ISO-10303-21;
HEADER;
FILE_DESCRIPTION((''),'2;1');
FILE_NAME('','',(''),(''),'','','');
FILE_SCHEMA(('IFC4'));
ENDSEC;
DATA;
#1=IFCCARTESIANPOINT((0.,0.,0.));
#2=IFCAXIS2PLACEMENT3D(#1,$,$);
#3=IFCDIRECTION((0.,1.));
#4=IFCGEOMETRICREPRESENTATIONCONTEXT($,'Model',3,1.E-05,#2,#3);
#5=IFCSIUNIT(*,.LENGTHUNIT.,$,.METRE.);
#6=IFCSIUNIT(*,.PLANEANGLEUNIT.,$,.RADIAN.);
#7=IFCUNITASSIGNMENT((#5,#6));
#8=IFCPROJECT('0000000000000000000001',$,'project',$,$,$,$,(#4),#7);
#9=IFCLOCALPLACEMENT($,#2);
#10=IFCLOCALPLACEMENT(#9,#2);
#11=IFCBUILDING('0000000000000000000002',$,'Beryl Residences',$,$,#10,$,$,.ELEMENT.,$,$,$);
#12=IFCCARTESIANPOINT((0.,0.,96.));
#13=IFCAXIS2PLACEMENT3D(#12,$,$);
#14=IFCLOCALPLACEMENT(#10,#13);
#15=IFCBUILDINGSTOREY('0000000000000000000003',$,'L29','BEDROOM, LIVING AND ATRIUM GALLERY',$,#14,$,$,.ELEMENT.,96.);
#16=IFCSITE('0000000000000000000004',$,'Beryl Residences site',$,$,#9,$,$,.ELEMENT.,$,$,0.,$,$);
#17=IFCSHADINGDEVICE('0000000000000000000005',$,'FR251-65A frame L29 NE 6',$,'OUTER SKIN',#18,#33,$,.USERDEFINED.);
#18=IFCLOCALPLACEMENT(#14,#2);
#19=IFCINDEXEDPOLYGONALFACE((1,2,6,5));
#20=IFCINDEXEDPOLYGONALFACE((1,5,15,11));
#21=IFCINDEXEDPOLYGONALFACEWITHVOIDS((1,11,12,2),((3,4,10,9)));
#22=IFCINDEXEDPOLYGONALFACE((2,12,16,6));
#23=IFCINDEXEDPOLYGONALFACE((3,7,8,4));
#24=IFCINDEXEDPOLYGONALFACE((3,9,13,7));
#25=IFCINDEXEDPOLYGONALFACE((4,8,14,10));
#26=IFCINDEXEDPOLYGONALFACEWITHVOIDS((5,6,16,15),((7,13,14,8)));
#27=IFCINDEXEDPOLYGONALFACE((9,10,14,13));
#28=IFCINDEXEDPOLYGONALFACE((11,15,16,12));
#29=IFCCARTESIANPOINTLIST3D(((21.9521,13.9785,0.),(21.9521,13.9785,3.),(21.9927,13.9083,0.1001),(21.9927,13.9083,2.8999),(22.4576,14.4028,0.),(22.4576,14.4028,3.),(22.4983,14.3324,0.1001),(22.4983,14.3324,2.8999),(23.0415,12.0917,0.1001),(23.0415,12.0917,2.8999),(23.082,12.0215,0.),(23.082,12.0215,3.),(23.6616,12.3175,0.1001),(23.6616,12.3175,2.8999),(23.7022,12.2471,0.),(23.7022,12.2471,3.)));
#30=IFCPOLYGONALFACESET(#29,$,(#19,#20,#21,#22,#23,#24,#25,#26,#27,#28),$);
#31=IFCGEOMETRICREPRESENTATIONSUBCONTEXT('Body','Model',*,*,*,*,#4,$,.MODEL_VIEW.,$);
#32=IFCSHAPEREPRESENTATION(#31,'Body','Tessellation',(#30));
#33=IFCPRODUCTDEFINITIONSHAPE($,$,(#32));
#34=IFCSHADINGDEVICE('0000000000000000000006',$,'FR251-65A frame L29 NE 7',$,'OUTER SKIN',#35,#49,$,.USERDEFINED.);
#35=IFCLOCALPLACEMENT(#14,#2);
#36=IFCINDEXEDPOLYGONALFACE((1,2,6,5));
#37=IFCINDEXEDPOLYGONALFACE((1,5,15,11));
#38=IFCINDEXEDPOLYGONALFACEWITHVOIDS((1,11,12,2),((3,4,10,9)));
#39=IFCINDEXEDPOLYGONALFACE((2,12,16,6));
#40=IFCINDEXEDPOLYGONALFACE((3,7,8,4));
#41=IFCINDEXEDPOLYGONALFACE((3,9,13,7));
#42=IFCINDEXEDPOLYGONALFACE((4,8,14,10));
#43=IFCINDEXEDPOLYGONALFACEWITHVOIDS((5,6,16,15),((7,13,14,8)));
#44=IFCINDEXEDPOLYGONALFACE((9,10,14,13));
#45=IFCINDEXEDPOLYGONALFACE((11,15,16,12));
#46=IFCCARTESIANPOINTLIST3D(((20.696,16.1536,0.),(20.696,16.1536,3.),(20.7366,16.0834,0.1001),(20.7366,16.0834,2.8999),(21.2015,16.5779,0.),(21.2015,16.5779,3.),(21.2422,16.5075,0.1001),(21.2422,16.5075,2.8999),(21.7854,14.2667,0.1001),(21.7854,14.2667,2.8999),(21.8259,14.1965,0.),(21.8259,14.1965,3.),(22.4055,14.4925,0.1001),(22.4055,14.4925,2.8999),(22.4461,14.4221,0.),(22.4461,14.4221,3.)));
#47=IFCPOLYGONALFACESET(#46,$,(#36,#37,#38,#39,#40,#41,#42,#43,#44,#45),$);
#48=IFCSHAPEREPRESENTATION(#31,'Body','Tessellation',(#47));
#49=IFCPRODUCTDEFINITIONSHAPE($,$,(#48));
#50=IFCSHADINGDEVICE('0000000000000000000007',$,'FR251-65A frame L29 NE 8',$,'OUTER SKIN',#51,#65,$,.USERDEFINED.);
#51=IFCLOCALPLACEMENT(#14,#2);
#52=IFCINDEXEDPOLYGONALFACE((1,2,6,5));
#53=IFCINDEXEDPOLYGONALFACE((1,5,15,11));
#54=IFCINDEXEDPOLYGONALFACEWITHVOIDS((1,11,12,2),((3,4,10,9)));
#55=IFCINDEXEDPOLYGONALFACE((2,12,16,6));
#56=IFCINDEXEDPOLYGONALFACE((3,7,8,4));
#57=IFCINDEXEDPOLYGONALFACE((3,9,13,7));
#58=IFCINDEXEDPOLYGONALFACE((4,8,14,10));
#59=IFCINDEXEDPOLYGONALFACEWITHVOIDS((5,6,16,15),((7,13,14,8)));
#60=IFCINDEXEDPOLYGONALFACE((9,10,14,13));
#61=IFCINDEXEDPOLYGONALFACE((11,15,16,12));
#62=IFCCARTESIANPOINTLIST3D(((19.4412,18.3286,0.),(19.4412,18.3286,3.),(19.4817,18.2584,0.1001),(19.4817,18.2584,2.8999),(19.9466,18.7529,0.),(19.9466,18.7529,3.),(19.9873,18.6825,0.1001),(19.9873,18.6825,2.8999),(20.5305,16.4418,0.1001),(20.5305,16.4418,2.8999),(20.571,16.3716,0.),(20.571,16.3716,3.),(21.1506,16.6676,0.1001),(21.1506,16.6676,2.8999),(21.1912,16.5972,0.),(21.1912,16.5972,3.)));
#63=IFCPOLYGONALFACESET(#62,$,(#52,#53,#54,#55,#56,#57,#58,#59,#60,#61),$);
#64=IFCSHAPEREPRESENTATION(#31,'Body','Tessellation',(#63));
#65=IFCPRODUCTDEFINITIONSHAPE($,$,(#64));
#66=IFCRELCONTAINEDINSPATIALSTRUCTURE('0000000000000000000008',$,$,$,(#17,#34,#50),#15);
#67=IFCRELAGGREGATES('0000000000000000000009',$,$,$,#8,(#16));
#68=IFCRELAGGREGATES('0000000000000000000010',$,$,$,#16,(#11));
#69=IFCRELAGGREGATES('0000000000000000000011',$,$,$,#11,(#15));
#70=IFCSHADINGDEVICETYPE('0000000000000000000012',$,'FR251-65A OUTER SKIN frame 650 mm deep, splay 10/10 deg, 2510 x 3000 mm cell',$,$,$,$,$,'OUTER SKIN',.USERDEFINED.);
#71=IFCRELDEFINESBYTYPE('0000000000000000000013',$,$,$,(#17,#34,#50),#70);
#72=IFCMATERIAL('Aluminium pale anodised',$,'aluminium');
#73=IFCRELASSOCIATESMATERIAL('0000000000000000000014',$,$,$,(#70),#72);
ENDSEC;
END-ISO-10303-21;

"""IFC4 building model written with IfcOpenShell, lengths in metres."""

from ifc_helpers import new_model, entity, si_unit, direction, frame, origin, place, context, subcontext, project, spatial, source, transform, mapped, material, type_object, type_shapes, element, save


model = new_model("IFC4")

# Units and contexts
model_context = context("Model", 3, precision=1e-05, world=origin(), true_north=direction((0.0, 1.0)))
body_context = subcontext(model_context, "Body", "Model", "MODEL_VIEW")
ifc_project = project(units=[si_unit("LENGTHUNIT", "METRE"), si_unit("PLANEANGLEUNIT", "RADIAN")], contexts=[model_context])

# Site, building, storey
site_placement = place(None, origin())
site = spatial("IfcSite", under=ifc_project, at=site_placement, Name="Beryl Residences site", CompositionType="ELEMENT", RefElevation=0.0)
building_placement = place(site_placement, origin())
building = spatial("IfcBuilding", under=site, at=building_placement, Name="Beryl Residences", CompositionType="ELEMENT")
storey_placement = place(building_placement, frame((0.0, 0.0, 96.0)))
storey = spatial("IfcBuildingStorey", under=building, at=storey_placement, Name="L29", Description="BEDROOM, LIVING AND ATRIUM GALLERY", CompositionType="ELEMENT", Elevation=96.0)

# Shading devices
ifc_material_1 = material(Name="Aluminium pale anodised", Category="aluminium")
shading_device_type = type_object("IfcShadingDeviceType", Name="FR251-65A OUTER SKIN frame 650 mm deep, splay 10/10 deg, 2510 x 3000 mm cell", ElementType="OUTER SKIN", PredefinedType="USERDEFINED", material=ifc_material_1)
cartesian_point_1 = entity("IfcCartesianPoint", [-1.1299, 0.0])
cartesian_point_2 = entity("IfcCartesianPoint", [-1.0488, 0.1001])
cartesian_point_3 = entity("IfcCartesianPoint", [-1.2446, 0.0])
cartesian_point_4 = entity("IfcCartesianPoint", [-1.1633, 0.1001])
shared_shape = source(origin(), body_context, "Body", "SweptSolid", [
    entity("IfcExtrudedAreaSolidTapered", entity("IfcArbitraryProfileDefWithVoids", "AREA", None, entity("IfcPolyline", [cartesian_point_1, entity("IfcCartesianPoint", [1.1299, 0.0]), entity("IfcCartesianPoint", [1.1299, 3.0]), entity("IfcCartesianPoint", [-1.1299, 3.0]), cartesian_point_1]), [entity("IfcPolyline", [cartesian_point_2, entity("IfcCartesianPoint", [1.0488, 0.1001]), entity("IfcCartesianPoint", [1.0488, 2.8999]), entity("IfcCartesianPoint", [-1.0488, 2.8999]), cartesian_point_2])]), entity("IfcAxis2Placement3D", entity("IfcCartesianPoint", [0.0, 0.0, 0.0]), entity("IfcDirection", [0.0, 1.0, 0.0]), entity("IfcDirection", [-1.0, 0.0, 0.0])), entity("IfcDirection", [0.0, 0.0, 1.0]), 0.6499, entity("IfcArbitraryProfileDefWithVoids", "AREA", None, entity("IfcPolyline", [cartesian_point_3, entity("IfcCartesianPoint", [1.2446, 0.0]), entity("IfcCartesianPoint", [1.2446, 3.0]), entity("IfcCartesianPoint", [-1.2446, 3.0]), cartesian_point_3]), [entity("IfcPolyline", [cartesian_point_4, entity("IfcCartesianPoint", [1.1633, 0.1001]), entity("IfcCartesianPoint", [1.1633, 2.8999]), entity("IfcCartesianPoint", [-1.1633, 2.8999]), cartesian_point_4])])),
])
type_shapes(shading_device_type, [shared_shape])
for number, where, z_axis, x_axis, name in (
    (1, (22.5171, 13.0, 0.0), (0.0, 0.0, 1.0), (0.5, -0.866025, 0.0), "FR251-65A frame L29 NE 6"),
    (2, (21.261, 15.175, 0.0), (0.0, 0.0, 1.0), (0.5, -0.866025, 0.0), "FR251-65A frame L29 NE 7"),
    (3, (20.0061, 17.3501, 0.0), (0.0, 0.0, 1.0), (0.5, -0.866025, 0.0), "FR251-65A frame L29 NE 8"),
):
    element("IfcShadingDevice", number, at=place(storey_placement, frame(where, z_axis=z_axis, x_axis=x_axis)), inside=storey, type_object=shading_device_type, Name=name, ObjectType="OUTER SKIN", PredefinedType="USERDEFINED", context=body_context, shape_type="MappedRepresentation", body=[
        mapped(shared_shape, transform((0.0, 0.0, 0.0))),
    ])

save(model, "model.ifc")
